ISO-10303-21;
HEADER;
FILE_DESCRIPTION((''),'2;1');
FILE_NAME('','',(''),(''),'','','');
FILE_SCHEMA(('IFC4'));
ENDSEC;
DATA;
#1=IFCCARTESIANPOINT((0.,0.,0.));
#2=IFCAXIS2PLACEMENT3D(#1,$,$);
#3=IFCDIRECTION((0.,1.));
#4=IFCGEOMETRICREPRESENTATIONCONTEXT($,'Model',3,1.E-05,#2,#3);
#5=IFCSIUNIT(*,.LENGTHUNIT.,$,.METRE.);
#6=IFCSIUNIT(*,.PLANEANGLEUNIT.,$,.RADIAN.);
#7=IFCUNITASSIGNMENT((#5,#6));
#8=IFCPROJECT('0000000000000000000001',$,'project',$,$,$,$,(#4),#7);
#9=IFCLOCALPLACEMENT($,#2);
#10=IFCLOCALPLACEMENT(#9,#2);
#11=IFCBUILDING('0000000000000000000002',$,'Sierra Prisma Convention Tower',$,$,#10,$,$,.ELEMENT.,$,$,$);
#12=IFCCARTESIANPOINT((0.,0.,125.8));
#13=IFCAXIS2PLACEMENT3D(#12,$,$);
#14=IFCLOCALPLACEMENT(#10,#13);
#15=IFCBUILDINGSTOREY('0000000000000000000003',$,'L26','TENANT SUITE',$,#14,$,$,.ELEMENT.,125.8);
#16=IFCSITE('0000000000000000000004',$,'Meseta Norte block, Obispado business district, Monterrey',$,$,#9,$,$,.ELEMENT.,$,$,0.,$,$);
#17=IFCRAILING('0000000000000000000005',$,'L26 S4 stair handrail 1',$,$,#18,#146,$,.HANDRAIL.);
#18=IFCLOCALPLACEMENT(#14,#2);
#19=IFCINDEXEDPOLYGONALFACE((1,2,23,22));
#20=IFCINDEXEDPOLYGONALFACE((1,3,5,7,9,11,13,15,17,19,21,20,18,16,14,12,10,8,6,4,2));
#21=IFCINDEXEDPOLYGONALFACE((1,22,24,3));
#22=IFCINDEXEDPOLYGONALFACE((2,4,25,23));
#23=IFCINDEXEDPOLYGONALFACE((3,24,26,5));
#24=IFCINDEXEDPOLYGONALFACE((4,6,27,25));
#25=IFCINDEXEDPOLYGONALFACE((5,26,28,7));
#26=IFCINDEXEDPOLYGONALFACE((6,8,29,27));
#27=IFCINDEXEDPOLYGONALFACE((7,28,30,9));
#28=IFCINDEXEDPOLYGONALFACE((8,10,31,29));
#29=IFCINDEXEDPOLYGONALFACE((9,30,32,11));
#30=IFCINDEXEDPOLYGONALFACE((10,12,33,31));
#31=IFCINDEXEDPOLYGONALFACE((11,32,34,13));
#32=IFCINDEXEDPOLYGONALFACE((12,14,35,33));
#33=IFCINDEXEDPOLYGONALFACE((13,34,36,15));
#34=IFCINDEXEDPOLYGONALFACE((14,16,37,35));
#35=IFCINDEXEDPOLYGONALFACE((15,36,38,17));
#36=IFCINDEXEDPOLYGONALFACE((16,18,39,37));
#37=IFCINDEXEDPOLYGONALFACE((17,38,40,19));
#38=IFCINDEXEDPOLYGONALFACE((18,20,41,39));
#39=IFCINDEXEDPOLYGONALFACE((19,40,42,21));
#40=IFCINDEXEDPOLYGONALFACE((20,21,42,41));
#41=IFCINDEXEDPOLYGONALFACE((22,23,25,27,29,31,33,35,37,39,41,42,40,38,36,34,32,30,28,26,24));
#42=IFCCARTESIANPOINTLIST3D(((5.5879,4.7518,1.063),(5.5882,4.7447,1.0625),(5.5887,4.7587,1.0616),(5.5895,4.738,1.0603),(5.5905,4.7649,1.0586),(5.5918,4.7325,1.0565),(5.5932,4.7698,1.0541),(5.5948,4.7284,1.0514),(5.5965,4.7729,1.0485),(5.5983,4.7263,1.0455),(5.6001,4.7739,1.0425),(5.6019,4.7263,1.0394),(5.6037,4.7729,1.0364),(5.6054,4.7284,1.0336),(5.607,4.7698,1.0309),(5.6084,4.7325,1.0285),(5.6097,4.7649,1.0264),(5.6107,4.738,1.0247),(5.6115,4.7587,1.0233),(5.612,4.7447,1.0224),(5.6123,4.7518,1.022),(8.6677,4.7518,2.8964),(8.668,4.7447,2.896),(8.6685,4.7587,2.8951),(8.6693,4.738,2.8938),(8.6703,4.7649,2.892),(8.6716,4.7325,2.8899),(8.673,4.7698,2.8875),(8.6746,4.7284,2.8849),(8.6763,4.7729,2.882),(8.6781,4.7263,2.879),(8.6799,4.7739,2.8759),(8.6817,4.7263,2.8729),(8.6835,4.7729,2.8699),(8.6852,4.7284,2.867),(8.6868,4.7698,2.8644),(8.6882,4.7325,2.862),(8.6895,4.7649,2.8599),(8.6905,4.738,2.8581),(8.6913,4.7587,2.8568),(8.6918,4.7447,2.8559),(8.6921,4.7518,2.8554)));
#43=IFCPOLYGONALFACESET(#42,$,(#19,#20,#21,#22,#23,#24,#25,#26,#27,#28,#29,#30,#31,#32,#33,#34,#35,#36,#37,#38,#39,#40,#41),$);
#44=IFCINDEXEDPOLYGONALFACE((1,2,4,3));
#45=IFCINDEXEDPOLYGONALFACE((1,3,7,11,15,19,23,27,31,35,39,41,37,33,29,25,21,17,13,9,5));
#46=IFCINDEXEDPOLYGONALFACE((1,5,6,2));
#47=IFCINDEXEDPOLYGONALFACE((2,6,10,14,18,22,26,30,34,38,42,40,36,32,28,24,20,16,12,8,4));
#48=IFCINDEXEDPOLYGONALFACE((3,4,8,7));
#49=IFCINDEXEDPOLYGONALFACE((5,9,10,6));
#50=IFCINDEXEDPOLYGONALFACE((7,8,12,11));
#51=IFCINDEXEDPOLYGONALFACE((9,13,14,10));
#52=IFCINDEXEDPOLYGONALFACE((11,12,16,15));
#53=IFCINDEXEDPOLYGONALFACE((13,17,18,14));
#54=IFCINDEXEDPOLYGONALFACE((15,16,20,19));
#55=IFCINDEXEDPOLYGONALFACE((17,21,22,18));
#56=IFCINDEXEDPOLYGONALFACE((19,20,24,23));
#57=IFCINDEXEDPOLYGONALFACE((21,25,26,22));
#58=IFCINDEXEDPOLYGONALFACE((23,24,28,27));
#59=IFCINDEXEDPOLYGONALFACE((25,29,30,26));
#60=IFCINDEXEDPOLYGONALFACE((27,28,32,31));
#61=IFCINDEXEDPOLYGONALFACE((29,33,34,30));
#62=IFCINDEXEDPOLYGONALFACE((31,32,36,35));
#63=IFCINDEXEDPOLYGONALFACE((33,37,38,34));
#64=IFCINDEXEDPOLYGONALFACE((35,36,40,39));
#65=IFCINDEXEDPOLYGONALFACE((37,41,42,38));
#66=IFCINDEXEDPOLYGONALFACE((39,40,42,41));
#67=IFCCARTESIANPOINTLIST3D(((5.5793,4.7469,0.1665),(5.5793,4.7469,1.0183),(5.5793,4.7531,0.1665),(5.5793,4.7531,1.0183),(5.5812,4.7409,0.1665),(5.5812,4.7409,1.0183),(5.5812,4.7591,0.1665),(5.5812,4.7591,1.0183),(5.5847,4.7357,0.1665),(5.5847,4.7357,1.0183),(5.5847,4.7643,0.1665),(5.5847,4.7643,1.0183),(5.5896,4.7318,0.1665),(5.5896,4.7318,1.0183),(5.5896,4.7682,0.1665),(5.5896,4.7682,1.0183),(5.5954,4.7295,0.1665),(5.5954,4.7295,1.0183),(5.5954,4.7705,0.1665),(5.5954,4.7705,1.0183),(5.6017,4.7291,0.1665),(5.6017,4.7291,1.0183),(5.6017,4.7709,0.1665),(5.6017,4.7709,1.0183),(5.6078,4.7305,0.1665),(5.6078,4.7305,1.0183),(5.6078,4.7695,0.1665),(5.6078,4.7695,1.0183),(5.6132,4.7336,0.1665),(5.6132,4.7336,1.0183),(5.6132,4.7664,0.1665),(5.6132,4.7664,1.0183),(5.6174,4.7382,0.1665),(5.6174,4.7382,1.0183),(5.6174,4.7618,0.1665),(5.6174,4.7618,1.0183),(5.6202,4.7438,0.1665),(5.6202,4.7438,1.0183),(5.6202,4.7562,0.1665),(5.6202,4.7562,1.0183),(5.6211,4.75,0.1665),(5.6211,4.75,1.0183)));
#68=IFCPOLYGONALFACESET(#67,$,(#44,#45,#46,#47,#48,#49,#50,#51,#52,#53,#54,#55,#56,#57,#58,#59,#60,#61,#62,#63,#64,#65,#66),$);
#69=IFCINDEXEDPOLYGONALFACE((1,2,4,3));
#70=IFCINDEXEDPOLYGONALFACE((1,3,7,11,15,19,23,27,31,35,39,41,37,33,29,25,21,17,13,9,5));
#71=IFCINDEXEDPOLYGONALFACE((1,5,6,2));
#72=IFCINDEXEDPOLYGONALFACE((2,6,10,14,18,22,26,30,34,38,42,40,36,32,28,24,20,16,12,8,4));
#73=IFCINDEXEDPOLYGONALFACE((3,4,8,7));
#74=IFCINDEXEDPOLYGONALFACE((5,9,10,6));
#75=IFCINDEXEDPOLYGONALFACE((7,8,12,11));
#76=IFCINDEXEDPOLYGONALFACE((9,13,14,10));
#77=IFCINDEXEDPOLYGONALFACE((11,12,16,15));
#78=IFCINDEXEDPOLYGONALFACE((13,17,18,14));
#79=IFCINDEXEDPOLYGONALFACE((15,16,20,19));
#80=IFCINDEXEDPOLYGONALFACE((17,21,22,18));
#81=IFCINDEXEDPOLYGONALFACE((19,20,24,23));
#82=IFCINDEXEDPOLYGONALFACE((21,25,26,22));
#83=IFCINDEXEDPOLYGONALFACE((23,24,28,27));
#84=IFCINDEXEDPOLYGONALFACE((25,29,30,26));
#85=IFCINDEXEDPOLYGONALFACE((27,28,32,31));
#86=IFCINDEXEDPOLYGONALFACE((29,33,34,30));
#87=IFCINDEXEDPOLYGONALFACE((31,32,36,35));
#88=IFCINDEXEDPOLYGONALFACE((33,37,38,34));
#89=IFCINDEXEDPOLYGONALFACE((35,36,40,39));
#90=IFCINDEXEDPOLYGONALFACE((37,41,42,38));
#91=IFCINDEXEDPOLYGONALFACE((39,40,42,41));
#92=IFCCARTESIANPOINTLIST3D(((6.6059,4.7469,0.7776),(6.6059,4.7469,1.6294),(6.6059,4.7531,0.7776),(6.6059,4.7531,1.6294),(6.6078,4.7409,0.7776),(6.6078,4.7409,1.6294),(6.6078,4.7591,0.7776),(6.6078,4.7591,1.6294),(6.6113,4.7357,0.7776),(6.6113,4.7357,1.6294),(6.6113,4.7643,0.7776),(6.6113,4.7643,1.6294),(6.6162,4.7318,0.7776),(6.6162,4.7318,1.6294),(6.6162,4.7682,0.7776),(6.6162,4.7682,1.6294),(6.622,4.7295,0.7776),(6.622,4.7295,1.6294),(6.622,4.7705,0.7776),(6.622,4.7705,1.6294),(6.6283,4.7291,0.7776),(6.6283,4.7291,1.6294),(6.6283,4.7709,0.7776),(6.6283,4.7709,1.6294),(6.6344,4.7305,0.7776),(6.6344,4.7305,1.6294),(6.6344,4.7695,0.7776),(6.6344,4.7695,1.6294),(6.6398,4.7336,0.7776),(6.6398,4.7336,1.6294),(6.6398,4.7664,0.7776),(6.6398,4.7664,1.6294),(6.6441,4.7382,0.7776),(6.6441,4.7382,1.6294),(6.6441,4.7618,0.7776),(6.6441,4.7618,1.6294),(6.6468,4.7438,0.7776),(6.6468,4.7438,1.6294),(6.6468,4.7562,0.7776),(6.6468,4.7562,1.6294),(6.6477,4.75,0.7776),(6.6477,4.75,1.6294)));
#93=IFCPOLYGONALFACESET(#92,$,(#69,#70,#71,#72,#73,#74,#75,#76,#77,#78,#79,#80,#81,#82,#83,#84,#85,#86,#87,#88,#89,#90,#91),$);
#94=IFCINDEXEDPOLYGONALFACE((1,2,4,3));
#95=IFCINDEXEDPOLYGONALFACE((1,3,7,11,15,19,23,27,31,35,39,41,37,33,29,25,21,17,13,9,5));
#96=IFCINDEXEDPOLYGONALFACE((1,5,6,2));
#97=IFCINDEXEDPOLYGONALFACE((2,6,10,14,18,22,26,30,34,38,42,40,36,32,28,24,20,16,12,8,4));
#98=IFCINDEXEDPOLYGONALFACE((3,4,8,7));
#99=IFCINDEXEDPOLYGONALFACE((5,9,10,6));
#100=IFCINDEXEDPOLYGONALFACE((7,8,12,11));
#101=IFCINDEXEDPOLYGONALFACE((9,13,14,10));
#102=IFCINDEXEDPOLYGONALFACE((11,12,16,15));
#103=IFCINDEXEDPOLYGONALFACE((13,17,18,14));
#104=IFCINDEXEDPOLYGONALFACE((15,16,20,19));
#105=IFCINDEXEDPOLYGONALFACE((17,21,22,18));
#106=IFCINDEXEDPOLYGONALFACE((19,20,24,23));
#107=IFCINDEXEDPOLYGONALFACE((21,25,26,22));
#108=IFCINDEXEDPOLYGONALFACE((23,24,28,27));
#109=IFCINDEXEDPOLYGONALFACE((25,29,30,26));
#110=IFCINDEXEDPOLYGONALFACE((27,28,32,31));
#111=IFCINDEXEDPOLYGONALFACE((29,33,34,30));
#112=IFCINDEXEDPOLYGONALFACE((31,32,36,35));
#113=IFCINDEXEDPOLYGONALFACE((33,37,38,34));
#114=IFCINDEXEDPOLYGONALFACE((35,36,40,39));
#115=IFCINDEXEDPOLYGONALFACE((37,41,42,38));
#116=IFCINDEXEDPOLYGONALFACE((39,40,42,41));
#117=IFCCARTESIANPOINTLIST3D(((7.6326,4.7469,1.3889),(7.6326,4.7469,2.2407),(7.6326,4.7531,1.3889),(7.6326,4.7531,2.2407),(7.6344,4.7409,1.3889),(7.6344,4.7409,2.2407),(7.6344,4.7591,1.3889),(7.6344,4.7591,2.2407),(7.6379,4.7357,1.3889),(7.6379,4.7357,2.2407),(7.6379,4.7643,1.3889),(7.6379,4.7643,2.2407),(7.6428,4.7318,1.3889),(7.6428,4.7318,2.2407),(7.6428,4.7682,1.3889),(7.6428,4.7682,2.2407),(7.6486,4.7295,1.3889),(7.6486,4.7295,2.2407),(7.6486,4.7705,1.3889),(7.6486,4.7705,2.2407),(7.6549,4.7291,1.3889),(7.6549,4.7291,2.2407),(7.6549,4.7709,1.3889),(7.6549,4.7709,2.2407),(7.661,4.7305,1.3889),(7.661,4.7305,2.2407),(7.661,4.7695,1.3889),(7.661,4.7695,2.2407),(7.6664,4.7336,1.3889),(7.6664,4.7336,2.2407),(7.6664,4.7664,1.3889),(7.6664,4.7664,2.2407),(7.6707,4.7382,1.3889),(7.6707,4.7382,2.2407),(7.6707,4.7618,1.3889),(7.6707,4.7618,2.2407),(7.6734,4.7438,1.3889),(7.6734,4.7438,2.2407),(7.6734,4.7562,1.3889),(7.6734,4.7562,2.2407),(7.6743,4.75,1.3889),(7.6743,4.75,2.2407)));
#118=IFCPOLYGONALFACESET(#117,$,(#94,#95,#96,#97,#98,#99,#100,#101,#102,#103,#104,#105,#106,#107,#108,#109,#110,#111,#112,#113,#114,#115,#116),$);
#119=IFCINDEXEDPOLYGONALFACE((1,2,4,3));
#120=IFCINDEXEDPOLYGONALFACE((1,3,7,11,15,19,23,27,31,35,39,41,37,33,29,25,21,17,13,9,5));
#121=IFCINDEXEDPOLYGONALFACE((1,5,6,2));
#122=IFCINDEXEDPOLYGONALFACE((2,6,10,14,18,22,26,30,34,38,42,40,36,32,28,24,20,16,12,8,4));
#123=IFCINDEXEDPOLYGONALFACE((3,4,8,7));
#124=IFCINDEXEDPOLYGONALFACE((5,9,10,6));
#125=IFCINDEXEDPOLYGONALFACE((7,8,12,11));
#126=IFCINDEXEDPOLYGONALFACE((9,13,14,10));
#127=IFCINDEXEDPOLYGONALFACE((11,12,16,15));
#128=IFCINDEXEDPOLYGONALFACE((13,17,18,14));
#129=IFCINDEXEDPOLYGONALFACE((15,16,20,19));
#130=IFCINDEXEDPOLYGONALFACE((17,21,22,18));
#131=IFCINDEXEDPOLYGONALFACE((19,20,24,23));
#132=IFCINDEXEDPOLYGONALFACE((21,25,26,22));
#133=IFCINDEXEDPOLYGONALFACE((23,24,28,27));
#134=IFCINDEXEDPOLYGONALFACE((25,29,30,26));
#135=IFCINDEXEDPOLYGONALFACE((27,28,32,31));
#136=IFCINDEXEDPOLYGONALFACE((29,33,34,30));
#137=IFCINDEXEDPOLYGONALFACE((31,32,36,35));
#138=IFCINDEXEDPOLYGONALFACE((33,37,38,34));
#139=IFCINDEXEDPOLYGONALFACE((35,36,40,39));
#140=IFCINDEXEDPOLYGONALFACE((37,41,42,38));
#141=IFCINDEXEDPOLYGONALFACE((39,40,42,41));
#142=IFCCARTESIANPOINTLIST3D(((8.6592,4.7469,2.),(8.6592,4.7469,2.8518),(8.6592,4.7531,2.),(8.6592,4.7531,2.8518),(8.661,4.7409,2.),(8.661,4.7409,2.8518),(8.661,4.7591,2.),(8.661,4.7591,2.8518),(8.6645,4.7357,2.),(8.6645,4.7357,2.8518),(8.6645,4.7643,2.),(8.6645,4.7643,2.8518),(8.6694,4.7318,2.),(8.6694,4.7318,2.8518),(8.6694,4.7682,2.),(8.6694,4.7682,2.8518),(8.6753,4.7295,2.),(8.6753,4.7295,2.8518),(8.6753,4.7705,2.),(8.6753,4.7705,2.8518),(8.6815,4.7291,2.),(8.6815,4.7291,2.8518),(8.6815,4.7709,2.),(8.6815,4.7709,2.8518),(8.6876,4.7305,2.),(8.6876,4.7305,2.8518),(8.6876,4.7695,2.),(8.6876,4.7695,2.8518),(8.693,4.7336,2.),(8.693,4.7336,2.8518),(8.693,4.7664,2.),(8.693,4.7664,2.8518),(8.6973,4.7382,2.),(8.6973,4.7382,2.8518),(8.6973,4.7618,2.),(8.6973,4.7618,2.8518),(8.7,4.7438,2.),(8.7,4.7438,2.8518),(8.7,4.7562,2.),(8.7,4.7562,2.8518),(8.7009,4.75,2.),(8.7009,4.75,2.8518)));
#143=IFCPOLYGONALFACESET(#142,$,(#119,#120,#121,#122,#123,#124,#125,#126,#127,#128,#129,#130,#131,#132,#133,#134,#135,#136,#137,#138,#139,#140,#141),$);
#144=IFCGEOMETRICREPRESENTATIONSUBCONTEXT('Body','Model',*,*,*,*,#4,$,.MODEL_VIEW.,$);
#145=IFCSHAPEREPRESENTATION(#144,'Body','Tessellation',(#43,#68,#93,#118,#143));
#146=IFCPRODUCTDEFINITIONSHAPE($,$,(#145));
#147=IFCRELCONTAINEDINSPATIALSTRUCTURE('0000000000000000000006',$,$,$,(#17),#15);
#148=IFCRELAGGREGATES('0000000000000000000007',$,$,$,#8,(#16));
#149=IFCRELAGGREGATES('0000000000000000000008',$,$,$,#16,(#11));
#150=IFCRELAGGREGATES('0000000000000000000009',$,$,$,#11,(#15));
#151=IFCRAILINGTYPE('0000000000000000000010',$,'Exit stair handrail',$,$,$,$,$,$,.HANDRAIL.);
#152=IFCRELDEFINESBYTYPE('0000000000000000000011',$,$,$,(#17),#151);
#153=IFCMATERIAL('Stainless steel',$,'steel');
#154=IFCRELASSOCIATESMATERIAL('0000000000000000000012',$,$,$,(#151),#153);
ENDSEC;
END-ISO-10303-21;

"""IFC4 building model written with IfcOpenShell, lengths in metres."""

from ifc_helpers import new_model, si_unit, direction, frame, origin, origin_2d, place, context, subcontext, project, spatial, circle, extrude, material, type_object, element, save


model = new_model("IFC4")

# Units and contexts
model_context = context("Model", 3, precision=1e-05, world=origin(), true_north=direction((0.0, 1.0)))
body_context = subcontext(model_context, "Body", "Model", "MODEL_VIEW")
ifc_project = project(units=[si_unit("LENGTHUNIT", "METRE"), si_unit("PLANEANGLEUNIT", "RADIAN")], contexts=[model_context])

# Site, building, storey
site_placement = place(None, origin())
site = spatial("IfcSite", under=ifc_project, at=site_placement, Name="Meseta Norte block, Obispado business district, Monterrey", CompositionType="ELEMENT", RefElevation=0.0)
building_placement = place(site_placement, origin())
building = spatial("IfcBuilding", under=site, at=building_placement, Name="Sierra Prisma Convention Tower", CompositionType="ELEMENT")
storey_placement = place(building_placement, frame((0.0, 0.0, 125.8)))
storey = spatial("IfcBuildingStorey", under=building, at=storey_placement, Name="L26", Description="TENANT SUITE", CompositionType="ELEMENT", Elevation=125.8)

# Railing
ifc_material_1 = material(Name="Stainless steel", Category="steel")
railing_type_1 = type_object("IfcRailingType", Name="Exit stair handrail", PredefinedType="HANDRAIL", material=ifc_material_1)
railing_1_placement = place(storey_placement, frame((5.6001, 4.75, 0.1665)))
element("IfcRailing", 1, at=railing_1_placement, inside=storey, type_object=railing_type_1, Name="L26 S4 stair handrail 1", PredefinedType="HANDRAIL", context=body_context, shape_type="SweptSolid", body=[
    extrude(circle(Radius=0.0239, at=origin_2d()), frame((0.0, 0.0, 0.876), z_axis=(0.859261, 0.0, 0.511538), x_axis=(0.0, 1.0, 0.0)), (0.0, 0.0, 1.0), 3.5842),
    extrude(circle(Radius=0.021, at=origin_2d()), origin(), (0.0, 0.0, 1.0), 0.8518),
    extrude(circle(Radius=0.021, at=origin_2d()), frame((1.0266, 0.0, 0.6111)), (0.0, 0.0, 1.0), 0.8518),
    extrude(circle(Radius=0.021, at=origin_2d()), frame((2.0532, 0.0, 1.2224)), (0.0, 0.0, 1.0), 0.8518),
    extrude(circle(Radius=0.021, at=origin_2d()), frame((3.0798, 0.0, 1.8335)), (0.0, 0.0, 1.0), 0.8518),
])

save(model, "model.ifc")
